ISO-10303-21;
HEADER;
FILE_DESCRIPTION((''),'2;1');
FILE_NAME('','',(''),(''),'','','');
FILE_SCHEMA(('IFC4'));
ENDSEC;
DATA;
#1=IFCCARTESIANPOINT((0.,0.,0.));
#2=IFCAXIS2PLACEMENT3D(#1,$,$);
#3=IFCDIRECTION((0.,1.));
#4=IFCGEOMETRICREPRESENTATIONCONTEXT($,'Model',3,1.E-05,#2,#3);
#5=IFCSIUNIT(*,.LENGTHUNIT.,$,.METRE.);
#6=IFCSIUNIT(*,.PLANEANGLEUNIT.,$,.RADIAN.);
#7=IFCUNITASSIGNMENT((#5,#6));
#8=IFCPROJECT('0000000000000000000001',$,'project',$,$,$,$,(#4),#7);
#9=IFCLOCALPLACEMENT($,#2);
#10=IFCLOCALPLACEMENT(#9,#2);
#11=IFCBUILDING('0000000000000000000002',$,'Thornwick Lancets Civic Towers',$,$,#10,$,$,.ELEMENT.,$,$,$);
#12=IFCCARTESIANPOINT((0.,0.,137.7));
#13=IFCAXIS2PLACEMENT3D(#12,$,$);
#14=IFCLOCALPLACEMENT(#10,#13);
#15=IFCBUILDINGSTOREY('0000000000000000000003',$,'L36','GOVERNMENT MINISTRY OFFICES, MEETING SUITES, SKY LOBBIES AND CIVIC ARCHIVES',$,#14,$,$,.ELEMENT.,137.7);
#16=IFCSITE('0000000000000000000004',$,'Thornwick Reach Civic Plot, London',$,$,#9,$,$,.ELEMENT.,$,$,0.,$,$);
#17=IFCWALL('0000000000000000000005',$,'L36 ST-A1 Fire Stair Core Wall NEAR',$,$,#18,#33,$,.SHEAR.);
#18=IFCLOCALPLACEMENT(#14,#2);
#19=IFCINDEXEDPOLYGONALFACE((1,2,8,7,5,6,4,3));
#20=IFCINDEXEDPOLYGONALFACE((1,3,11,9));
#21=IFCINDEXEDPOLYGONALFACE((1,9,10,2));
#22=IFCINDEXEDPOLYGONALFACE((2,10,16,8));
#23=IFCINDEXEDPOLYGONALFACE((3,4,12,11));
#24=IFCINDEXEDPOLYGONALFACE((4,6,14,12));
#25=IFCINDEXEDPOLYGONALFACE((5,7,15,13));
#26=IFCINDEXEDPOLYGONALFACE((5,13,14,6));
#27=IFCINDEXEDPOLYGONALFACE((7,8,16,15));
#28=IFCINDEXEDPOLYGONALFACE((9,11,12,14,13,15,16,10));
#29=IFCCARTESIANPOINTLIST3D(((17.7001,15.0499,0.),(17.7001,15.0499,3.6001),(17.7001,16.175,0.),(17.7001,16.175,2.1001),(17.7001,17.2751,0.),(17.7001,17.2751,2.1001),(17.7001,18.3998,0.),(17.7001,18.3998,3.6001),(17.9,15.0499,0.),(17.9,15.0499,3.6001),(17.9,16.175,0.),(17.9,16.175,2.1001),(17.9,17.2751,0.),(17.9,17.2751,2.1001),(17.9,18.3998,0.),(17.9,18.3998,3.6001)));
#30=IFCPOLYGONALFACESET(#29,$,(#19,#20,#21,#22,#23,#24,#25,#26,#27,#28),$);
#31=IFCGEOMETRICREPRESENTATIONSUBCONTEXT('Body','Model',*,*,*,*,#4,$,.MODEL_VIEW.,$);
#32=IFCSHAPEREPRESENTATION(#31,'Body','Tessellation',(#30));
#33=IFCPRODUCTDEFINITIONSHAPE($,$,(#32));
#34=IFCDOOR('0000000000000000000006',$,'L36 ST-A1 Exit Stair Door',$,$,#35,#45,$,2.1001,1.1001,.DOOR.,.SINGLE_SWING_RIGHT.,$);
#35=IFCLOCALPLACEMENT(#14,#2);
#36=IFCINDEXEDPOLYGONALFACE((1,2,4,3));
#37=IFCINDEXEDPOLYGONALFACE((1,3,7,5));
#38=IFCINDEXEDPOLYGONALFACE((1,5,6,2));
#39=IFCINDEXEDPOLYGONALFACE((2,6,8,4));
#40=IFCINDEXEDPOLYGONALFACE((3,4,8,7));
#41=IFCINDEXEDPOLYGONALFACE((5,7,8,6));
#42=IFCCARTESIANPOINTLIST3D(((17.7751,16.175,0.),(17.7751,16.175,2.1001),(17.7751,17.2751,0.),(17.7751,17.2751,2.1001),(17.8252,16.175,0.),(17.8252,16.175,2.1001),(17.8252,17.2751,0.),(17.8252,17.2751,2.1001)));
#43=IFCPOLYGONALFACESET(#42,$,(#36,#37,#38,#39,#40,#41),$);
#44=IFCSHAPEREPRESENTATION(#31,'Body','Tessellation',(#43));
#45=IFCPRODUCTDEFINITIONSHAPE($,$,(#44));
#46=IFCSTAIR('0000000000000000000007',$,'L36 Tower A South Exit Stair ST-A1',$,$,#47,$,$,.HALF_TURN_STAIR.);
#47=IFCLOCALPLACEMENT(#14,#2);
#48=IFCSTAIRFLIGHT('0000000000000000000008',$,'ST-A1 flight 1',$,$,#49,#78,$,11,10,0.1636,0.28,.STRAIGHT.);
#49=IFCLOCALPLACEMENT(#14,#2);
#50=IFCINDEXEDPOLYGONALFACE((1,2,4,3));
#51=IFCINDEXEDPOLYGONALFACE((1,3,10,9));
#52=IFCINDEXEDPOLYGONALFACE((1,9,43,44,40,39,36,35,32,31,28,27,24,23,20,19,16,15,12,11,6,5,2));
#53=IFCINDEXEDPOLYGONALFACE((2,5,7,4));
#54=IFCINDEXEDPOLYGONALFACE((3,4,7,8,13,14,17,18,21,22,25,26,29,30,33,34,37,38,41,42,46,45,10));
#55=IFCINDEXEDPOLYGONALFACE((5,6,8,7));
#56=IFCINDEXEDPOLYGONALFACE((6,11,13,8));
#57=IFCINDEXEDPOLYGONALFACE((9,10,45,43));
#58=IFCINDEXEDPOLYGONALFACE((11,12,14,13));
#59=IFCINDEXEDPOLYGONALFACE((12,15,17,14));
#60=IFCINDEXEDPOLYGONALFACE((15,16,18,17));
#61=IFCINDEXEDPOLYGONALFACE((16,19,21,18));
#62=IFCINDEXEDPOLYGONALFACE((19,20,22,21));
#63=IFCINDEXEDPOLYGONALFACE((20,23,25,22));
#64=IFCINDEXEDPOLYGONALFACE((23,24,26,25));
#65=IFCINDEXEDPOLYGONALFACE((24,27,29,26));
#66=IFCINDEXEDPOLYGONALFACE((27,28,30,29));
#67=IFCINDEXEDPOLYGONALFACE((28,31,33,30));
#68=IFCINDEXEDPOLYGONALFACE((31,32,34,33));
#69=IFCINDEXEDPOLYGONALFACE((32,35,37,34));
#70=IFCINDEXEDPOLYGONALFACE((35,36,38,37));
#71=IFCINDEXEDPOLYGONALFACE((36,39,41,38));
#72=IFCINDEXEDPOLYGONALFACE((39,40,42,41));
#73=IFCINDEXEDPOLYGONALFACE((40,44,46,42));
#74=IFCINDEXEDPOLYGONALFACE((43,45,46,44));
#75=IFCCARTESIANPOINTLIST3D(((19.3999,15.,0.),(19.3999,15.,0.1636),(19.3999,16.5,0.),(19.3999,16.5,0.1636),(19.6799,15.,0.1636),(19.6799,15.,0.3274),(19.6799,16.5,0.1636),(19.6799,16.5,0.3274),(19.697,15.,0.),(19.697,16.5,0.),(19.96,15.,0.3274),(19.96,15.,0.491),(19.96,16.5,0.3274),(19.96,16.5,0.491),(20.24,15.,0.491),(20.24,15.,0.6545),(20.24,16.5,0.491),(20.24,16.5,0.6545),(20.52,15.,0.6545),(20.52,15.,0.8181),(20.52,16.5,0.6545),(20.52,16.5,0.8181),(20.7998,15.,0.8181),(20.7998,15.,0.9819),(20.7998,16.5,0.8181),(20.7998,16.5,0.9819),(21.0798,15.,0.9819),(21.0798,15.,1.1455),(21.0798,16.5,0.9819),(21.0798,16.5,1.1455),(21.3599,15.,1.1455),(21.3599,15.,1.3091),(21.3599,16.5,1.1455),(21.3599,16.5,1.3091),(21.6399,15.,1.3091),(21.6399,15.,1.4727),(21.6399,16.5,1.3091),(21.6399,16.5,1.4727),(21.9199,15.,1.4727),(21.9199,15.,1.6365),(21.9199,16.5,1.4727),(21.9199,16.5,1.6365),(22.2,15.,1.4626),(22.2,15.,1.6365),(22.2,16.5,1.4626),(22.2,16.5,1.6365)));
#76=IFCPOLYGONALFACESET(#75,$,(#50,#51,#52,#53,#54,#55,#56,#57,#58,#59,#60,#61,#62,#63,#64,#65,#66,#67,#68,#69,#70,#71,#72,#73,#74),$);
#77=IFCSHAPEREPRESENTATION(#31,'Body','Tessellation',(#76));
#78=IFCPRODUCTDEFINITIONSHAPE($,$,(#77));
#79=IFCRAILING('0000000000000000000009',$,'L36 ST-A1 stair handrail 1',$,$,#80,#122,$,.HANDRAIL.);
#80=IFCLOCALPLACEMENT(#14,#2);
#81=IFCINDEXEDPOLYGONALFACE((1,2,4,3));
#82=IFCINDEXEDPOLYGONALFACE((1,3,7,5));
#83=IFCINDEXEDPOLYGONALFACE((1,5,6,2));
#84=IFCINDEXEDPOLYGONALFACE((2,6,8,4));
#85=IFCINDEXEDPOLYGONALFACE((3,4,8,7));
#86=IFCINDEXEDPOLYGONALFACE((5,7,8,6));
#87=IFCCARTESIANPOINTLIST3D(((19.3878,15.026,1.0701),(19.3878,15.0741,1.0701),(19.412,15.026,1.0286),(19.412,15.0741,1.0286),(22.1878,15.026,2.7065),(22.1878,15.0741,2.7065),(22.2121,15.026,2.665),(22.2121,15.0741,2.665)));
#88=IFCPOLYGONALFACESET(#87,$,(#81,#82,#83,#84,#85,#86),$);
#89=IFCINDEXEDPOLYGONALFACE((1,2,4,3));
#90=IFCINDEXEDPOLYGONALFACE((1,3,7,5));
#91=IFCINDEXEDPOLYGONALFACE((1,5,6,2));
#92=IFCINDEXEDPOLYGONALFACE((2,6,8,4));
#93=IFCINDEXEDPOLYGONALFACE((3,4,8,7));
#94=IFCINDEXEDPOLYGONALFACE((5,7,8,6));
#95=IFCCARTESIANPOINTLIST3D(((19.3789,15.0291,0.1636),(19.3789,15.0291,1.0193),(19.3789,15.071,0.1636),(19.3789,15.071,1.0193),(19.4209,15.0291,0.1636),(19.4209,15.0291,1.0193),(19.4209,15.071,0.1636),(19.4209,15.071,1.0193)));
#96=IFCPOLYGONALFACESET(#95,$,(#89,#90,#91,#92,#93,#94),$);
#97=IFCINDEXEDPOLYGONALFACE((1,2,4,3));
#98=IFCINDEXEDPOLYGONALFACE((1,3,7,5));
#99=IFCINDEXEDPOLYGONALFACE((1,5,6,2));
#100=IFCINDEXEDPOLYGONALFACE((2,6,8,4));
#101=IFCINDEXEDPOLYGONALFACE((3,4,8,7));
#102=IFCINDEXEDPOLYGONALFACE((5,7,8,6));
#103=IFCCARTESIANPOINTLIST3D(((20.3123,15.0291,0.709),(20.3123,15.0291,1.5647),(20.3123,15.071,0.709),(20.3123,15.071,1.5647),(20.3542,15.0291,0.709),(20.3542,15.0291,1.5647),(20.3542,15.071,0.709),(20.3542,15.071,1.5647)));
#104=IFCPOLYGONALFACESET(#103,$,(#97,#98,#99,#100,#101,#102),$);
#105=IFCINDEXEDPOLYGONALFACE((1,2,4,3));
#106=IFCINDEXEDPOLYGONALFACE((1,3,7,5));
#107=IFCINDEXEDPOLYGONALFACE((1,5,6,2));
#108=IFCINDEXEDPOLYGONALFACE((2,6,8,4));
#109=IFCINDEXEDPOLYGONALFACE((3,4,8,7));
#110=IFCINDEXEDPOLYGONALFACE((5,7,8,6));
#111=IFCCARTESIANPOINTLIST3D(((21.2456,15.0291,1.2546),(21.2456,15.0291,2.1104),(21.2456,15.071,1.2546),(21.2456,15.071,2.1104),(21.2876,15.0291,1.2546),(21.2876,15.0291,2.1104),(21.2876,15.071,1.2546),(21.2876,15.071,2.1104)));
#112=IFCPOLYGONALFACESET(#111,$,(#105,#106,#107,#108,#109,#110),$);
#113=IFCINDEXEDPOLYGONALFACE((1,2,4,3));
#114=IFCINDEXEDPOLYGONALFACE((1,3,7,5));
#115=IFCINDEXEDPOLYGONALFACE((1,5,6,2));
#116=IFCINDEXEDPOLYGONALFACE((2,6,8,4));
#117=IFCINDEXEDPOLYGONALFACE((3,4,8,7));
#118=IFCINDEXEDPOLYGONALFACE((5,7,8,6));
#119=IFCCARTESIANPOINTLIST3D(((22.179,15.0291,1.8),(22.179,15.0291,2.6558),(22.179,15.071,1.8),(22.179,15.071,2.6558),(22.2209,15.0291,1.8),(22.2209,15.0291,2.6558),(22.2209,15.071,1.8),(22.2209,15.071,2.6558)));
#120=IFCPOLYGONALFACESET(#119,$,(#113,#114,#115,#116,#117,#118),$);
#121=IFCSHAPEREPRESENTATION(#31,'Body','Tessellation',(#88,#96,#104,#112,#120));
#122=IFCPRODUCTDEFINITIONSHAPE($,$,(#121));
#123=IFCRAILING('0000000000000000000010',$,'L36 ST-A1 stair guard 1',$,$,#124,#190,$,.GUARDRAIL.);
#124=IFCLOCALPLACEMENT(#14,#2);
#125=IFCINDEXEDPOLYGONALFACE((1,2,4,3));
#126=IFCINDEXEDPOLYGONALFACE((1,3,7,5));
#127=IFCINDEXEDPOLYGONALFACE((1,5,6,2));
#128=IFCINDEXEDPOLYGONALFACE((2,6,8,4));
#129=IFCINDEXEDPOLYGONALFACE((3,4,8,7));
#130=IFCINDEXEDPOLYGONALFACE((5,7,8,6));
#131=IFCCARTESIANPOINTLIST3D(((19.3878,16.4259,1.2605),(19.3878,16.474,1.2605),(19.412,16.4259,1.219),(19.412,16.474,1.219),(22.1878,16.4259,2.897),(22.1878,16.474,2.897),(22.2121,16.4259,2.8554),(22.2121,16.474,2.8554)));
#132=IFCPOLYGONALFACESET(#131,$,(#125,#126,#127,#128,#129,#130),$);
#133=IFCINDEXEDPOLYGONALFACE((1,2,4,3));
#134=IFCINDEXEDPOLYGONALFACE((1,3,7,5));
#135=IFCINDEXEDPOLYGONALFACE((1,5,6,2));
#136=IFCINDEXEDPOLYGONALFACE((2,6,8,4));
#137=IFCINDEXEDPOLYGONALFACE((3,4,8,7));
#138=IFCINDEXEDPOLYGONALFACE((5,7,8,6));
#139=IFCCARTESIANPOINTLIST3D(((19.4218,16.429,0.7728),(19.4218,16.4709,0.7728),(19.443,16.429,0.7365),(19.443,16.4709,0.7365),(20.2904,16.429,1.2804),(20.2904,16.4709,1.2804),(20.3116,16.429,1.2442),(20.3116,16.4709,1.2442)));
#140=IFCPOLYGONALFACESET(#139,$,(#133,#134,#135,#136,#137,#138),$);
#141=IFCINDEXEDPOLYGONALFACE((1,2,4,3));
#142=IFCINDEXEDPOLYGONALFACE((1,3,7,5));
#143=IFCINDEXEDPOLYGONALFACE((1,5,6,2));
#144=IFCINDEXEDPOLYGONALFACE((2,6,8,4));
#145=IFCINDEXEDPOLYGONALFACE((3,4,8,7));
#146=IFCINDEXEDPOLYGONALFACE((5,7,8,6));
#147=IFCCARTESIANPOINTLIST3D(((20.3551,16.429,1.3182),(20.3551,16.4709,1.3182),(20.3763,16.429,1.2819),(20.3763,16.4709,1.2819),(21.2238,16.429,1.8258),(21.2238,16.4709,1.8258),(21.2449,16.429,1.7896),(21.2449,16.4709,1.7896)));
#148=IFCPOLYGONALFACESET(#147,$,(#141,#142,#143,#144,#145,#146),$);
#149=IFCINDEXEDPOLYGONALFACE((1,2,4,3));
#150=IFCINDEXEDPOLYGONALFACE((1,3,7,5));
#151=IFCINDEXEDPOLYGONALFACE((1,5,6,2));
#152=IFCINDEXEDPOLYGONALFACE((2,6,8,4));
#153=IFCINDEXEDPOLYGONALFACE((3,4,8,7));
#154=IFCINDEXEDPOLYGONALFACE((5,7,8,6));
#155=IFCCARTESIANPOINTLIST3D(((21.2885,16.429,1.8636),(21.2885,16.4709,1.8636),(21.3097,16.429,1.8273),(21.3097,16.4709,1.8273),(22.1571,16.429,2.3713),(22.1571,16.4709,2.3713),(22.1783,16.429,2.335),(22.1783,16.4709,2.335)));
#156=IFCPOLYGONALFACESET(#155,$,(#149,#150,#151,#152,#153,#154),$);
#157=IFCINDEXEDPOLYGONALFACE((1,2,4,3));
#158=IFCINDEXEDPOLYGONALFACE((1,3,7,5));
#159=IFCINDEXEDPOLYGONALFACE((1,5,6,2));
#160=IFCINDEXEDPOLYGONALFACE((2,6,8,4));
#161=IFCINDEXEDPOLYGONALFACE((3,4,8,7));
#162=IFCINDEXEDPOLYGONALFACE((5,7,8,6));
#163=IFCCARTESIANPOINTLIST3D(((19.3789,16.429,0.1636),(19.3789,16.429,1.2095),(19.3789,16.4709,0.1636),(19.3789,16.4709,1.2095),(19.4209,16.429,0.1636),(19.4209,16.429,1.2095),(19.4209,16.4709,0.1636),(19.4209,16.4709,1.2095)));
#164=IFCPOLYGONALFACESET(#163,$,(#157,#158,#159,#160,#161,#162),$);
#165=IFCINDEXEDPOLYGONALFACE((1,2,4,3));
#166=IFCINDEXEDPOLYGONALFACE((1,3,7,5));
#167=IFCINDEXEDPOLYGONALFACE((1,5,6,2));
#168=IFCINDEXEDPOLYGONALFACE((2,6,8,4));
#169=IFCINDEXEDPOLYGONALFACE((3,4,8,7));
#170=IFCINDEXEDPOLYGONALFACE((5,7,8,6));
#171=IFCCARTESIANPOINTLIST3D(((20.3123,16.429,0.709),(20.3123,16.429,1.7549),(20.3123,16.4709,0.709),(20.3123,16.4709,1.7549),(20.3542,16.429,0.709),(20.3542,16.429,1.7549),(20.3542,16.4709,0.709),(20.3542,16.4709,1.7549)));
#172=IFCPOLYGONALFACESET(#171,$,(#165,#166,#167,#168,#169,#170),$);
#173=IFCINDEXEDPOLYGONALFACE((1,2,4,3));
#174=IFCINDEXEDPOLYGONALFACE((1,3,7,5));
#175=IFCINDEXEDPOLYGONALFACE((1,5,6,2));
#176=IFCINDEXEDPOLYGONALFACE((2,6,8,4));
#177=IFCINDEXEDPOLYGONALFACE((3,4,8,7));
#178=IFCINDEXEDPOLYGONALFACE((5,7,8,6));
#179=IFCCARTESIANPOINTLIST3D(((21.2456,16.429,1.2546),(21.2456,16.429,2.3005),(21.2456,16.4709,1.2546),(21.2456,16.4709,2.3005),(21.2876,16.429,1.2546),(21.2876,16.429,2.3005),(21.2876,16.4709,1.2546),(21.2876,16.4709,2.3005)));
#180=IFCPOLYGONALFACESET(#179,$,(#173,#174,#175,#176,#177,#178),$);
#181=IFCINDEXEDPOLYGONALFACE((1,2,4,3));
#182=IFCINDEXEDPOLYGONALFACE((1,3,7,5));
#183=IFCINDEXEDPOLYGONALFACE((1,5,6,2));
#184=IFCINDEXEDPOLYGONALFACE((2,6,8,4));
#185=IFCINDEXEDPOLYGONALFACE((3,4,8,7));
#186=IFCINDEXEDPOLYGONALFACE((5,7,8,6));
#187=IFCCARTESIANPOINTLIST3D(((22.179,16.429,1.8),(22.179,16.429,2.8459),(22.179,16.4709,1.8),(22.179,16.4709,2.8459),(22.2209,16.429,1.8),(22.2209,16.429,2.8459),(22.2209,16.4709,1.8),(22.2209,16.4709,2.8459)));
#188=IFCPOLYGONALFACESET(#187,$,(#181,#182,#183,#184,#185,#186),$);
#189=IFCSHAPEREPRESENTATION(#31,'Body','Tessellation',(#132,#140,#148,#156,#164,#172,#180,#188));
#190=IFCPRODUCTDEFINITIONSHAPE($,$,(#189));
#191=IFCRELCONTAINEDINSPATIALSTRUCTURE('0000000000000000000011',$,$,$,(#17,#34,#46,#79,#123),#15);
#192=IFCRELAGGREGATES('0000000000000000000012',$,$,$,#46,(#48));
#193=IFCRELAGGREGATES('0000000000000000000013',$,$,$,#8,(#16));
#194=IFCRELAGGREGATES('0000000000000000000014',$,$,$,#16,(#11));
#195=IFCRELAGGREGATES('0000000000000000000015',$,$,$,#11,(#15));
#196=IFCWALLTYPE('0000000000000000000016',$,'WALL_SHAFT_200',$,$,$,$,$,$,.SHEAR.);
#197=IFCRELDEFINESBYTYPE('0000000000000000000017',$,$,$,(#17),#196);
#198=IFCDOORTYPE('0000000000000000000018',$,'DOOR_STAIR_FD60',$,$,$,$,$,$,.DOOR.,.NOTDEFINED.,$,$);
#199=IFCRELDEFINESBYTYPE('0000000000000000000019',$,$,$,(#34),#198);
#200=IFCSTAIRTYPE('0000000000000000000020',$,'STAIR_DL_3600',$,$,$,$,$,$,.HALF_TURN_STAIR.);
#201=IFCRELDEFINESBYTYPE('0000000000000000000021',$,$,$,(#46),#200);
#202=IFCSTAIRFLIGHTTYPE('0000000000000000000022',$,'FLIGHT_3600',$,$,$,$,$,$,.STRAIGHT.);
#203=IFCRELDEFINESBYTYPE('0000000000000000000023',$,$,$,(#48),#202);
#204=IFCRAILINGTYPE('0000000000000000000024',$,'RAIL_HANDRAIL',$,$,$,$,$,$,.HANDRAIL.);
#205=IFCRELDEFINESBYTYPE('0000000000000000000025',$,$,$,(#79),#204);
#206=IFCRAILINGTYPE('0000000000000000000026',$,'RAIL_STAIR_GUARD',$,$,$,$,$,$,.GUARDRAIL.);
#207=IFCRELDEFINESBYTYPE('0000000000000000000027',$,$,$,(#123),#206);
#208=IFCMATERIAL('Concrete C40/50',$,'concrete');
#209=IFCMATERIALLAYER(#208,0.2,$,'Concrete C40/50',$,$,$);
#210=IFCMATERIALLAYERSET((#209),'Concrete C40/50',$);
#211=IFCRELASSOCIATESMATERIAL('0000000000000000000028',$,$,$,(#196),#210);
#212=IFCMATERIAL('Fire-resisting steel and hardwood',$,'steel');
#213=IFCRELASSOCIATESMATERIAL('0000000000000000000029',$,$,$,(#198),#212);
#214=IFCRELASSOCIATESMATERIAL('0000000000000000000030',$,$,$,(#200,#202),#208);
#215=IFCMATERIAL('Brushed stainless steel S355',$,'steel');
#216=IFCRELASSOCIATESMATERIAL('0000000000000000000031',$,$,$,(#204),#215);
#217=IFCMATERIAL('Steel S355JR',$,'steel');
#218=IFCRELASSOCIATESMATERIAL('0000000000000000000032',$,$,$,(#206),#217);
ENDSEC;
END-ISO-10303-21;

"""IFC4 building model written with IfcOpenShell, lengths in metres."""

from ifc_helpers import new_model, si_unit, direction, frame, frame_2d, origin, origin_2d, place, context, subcontext, project, spatial, polyline, rectangle, outline, extrude, material, layer, layer_set, type_object, element, fill, aggregate, save


model = new_model("IFC4")

# Units and contexts
model_context = context("Model", 3, precision=1e-05, world=origin(), true_north=direction((0.0, 1.0)))
body_context = subcontext(model_context, "Body", "Model", "MODEL_VIEW")
ifc_project = project(units=[si_unit("LENGTHUNIT", "METRE"), si_unit("PLANEANGLEUNIT", "RADIAN")], contexts=[model_context])

# Site, building, storey
site_placement = place(None, origin())
site = spatial("IfcSite", under=ifc_project, at=site_placement, Name="Thornwick Reach Civic Plot, London", CompositionType="ELEMENT", RefElevation=0.0)
building_placement = place(site_placement, origin())
building = spatial("IfcBuilding", under=site, at=building_placement, Name="Thornwick Lancets Civic Towers", CompositionType="ELEMENT")
storey_placement = place(building_placement, frame((0.0, 0.0, 137.7)))
storey = spatial("IfcBuildingStorey", under=building, at=storey_placement, Name="L36", Description="GOVERNMENT MINISTRY OFFICES, MEETING SUITES, SKY LOBBIES AND CIVIC ARCHIVES", CompositionType="ELEMENT", Elevation=137.7)

# Wall, opening, door
ifc_material_1 = material(Name="Concrete C40/50", Category="concrete")
ifc_layer_1 = layer(ifc_material_1, 0.2, Name="Concrete C40/50")
ifc_layer_set_1 = layer_set([ifc_layer_1], Name="Concrete C40/50")
wall_type_1 = type_object("IfcWallType", Name="WALL_SHAFT_200", PredefinedType="SHEAR", material=ifc_layer_set_1)
wall_1_placement = place(storey_placement, frame((17.8, 15.05, 0.0), z_axis=(0.0, 0.0, 1.0), x_axis=(0.0, 1.0, 0.0)))
wall_1 = element("IfcWall", 1, at=wall_1_placement, inside=storey, type_object=wall_type_1, Name="L36 ST-A1 Fire Stair Core Wall NEAR", PredefinedType="SHEAR", context=body_context, shape_type="SweptSolid", body=[
    extrude(rectangle(XDim=3.3499, YDim=0.2, at=frame_2d((1.6748, 0.0))), origin(), (0.0, 0.0, 1.0), 3.6001),
])
opening_1_placement = place(wall_1_placement, frame((1.125, 0.0, 0.0)))
opening_1 = element("IfcOpeningElement", 2, at=opening_1_placement, cuts=wall_1, PredefinedType="OPENING", context=body_context, shape_type="SweptSolid", body=[
    extrude(rectangle(XDim=1.1001, YDim=2.1001, at=frame_2d((0.55, 1.05))), frame((0.0, 0.1099, 0.0), z_axis=(0.0, -1.0, 0.0), x_axis=(1.0, 0.0, 0.0)), (0.0, 0.0, 1.0), 0.22),
])
ifc_material_2 = material(Name="Fire-resisting steel and hardwood", Category="steel")
door_type_1 = type_object("IfcDoorType", Name="DOOR_STAIR_FD60", OperationType="NOTDEFINED", PredefinedType="DOOR", material=ifc_material_2)
door_1_placement = place(opening_1_placement, origin())
door_1 = element("IfcDoor", 3, at=door_1_placement, inside=storey, type_object=door_type_1, Name="L36 ST-A1 Exit Stair Door", OperationType="SINGLE_SWING_RIGHT", OverallHeight=2.1001, OverallWidth=1.1001, PredefinedType="DOOR", context=body_context, shape_type="SweptSolid", body=[
    extrude(rectangle(XDim=1.1001, YDim=2.1001, at=frame_2d((0.55, 1.05))), frame((0.0, 0.0249, 0.0), z_axis=(0.0, -1.0, 0.0), x_axis=(1.0, 0.0, 0.0)), (0.0, 0.0, 1.0), 0.05),
])
fill(opening_1, door_1)

# Stair, stair flight
stair_type = type_object("IfcStairType", Name="STAIR_DL_3600", PredefinedType="HALF_TURN_STAIR", material=ifc_material_1)
stair_placement = place(storey_placement, origin())
stair = element("IfcStair", 4, at=stair_placement, inside=storey, type_object=stair_type, Name="L36 Tower A South Exit Stair ST-A1", PredefinedType="HALF_TURN_STAIR")
stair_flight_type = type_object("IfcStairFlightType", Name="FLIGHT_3600", PredefinedType="STRAIGHT", material=ifc_material_1)
stair_flight_placement = place(storey_placement, frame((19.3999, 15.75, 0.0), z_axis=(0.0, 0.0, 1.0), x_axis=(1.0, 0.0, 0.0)))
stair_flight = element("IfcStairFlight", 5, at=stair_flight_placement, type_object=stair_flight_type, Name="ST-A1 flight 1", NumberOfRisers=11, NumberOfTreads=10, PredefinedType="STRAIGHT", RiserHeight=0.1636, TreadLength=0.28, context=body_context, shape_type="SweptSolid", body=[
    extrude(outline(polyline([(0.0, 0.0), (0.0, 0.1636), (0.28, 0.1636), (0.28, 0.3274), (0.5601, 0.3274), (0.5601, 0.491), (0.8401, 0.491), (0.8401, 0.6545), (1.1201, 0.6545), (1.1201, 0.8181), (1.3999, 0.8181), (1.3999, 0.9819), (1.6799, 0.9819), (1.6799, 1.1455), (1.96, 1.1455), (1.96, 1.3091), (2.24, 1.3091), (2.24, 1.4727), (2.52, 1.4727), (2.52, 1.6365), (2.8, 1.6365), (2.8, 1.8), (2.8, 1.4626), (0.2971, 0.0), (0.0, 0.0)])), frame((0.0, 0.75, 0.0), z_axis=(0.0, -1.0, 0.0), x_axis=(1.0, 0.0, 0.0)), (0.0, 0.0, 1.0), 1.5),
])
aggregate(stair, [stair_flight])

# Railings
ifc_material_3 = material(Name="Brushed stainless steel S355", Category="steel")
railing_type_1 = type_object("IfcRailingType", Name="RAIL_HANDRAIL", PredefinedType="HANDRAIL", material=ifc_material_3)
railing_1_placement = place(storey_placement, frame((19.3999, 15.05, 0.1636)))
element("IfcRailing", 6, at=railing_1_placement, inside=storey, type_object=railing_type_1, Name="L36 ST-A1 stair handrail 1", PredefinedType="HANDRAIL", context=body_context, shape_type="SweptSolid", body=[
    extrude(rectangle(XDim=0.0481, YDim=0.0481, at=origin_2d()), frame((0.0, 0.0, 0.8857), z_axis=(0.863361, 0.0, 0.504587), x_axis=(0.0, 1.0, 0.0)), (0.0, 0.0, 1.0), 3.2432),
    extrude(rectangle(XDim=0.042, YDim=0.042, at=origin_2d()), origin(), (0.0, 0.0, 1.0), 0.8557),
    extrude(rectangle(XDim=0.042, YDim=0.042, at=origin_2d()), frame((0.9333, 0.0, 0.5454)), (0.0, 0.0, 1.0), 0.8557),
    extrude(rectangle(XDim=0.042, YDim=0.042, at=origin_2d()), frame((1.8667, 0.0, 1.0911)), (0.0, 0.0, 1.0), 0.8557),
    extrude(rectangle(XDim=0.042, YDim=0.042, at=origin_2d()), frame((2.8, 0.0, 1.6365)), (0.0, 0.0, 1.0), 0.8557),
])
ifc_material_4 = material(Name="Steel S355JR", Category="steel")
railing_type_2 = type_object("IfcRailingType", Name="RAIL_STAIR_GUARD", PredefinedType="GUARDRAIL", material=ifc_material_4)
railing_2_placement = place(storey_placement, frame((19.3999, 16.45, 0.1636)))
element("IfcRailing", 7, at=railing_2_placement, inside=storey, type_object=railing_type_2, Name="L36 ST-A1 stair guard 1", PredefinedType="GUARDRAIL", context=body_context, shape_type="SweptSolid", body=[
    extrude(rectangle(XDim=0.0481, YDim=0.0481, at=origin_2d()), frame((0.0, 0.0, 1.0762), z_axis=(0.863361, 0.0, 0.504587), x_axis=(0.0, 1.0, 0.0)), (0.0, 0.0, 1.0), 3.2432),
    extrude(rectangle(XDim=0.042, YDim=0.042, at=origin_2d()), frame((0.0325, 0.0, 0.5911), z_axis=(0.863361, 0.0, 0.504587), x_axis=(0.0, 1.0, 0.0)), (0.0, 0.0, 1.0), 1.0061),
    extrude(rectangle(XDim=0.042, YDim=0.042, at=origin_2d()), frame((0.9658, 0.0, 1.1365), z_axis=(0.863361, 0.0, 0.504587), x_axis=(0.0, 1.0, 0.0)), (0.0, 0.0, 1.0), 1.0061),
    extrude(rectangle(XDim=0.042, YDim=0.042, at=origin_2d()), frame((1.8992, 0.0, 1.6819), z_axis=(0.863361, 0.0, 0.504587), x_axis=(0.0, 1.0, 0.0)), (0.0, 0.0, 1.0), 1.0061),
    extrude(rectangle(XDim=0.042, YDim=0.042, at=origin_2d()), origin(), (0.0, 0.0, 1.0), 1.0459),
    extrude(rectangle(XDim=0.042, YDim=0.042, at=origin_2d()), frame((0.9333, 0.0, 0.5454)), (0.0, 0.0, 1.0), 1.0459),
    extrude(rectangle(XDim=0.042, YDim=0.042, at=origin_2d()), frame((1.8667, 0.0, 1.0911)), (0.0, 0.0, 1.0), 1.0459),
    extrude(rectangle(XDim=0.042, YDim=0.042, at=origin_2d()), frame((2.8, 0.0, 1.6365)), (0.0, 0.0, 1.0), 1.0459),
])

save(model, "model.ifc")
